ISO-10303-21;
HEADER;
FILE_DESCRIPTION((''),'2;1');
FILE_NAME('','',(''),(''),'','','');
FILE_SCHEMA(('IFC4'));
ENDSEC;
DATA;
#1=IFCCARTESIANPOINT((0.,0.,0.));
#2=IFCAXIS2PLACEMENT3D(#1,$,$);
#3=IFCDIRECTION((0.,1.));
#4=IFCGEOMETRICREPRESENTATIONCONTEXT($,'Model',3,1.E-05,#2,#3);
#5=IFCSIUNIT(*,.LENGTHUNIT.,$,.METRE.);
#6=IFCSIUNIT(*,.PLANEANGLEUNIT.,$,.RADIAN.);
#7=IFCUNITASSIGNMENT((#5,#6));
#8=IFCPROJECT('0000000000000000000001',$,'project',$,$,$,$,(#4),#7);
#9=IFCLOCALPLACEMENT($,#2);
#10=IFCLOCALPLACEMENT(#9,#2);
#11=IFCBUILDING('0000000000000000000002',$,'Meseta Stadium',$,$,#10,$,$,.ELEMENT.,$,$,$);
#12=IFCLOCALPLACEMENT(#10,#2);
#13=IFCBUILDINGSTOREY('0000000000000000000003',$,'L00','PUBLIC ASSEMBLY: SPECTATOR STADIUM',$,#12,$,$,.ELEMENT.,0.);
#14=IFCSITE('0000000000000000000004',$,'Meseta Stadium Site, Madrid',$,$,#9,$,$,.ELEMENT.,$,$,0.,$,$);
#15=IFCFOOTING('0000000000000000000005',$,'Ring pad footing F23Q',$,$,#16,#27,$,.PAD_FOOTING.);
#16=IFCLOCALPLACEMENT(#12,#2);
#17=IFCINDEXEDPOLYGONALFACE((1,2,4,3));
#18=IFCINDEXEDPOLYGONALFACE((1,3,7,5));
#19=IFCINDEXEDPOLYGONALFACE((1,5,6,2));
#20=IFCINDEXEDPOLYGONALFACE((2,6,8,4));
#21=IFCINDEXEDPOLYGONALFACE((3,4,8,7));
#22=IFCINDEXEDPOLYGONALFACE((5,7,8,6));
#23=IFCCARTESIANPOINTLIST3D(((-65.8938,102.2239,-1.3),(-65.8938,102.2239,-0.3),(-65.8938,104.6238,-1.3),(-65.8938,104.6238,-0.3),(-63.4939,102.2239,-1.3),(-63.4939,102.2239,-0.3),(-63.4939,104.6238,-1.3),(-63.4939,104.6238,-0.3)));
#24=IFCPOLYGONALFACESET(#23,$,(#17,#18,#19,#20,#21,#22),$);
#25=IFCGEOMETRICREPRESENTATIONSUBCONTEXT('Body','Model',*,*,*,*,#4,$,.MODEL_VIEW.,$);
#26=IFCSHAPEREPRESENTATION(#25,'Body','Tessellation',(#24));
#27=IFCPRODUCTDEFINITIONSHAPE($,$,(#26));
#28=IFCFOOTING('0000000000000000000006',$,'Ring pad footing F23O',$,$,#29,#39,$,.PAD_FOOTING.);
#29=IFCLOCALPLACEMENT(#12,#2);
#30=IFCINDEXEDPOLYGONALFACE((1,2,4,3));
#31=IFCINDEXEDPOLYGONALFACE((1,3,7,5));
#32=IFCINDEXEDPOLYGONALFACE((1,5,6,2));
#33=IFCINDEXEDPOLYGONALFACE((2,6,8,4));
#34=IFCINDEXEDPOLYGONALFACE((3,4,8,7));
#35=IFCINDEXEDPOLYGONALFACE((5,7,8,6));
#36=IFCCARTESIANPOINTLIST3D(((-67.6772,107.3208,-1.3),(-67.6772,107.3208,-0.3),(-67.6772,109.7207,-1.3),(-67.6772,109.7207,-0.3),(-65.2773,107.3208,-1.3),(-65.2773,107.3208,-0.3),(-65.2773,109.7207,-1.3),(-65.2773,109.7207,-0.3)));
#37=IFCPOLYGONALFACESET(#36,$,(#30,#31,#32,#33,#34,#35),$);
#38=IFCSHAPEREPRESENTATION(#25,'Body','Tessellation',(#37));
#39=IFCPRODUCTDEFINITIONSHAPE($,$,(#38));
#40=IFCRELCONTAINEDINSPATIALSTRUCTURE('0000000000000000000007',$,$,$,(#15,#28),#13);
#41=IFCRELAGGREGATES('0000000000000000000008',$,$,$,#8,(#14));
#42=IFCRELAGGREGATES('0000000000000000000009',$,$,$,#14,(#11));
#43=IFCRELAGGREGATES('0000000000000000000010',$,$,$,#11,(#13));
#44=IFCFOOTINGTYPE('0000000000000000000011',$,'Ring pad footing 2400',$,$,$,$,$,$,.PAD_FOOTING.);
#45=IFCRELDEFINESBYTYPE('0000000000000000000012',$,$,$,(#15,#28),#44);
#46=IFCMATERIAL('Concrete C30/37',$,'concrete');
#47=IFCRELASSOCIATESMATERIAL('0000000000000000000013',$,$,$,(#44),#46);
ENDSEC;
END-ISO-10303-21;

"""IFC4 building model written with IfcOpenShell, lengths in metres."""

from ifc_helpers import new_model, si_unit, direction, frame, origin, place, context, subcontext, project, spatial, polyline, outline, extrude, material, type_object, element, save


model = new_model("IFC4")

# Units and contexts
model_context = context("Model", 3, precision=1e-05, world=origin(), true_north=direction((0.0, 1.0)))
body_context = subcontext(model_context, "Body", "Model", "MODEL_VIEW")
ifc_project = project(units=[si_unit("LENGTHUNIT", "METRE"), si_unit("PLANEANGLEUNIT", "RADIAN")], contexts=[model_context])

# Site, building, storey
site_placement = place(None, origin())
site = spatial("IfcSite", under=ifc_project, at=site_placement, Name="Meseta Stadium Site, Madrid", CompositionType="ELEMENT", RefElevation=0.0)
building_placement = place(site_placement, origin())
building = spatial("IfcBuilding", under=site, at=building_placement, Name="Meseta Stadium", CompositionType="ELEMENT")
storey_placement = place(building_placement, origin())
storey = spatial("IfcBuildingStorey", under=building, at=storey_placement, Name="L00", Description="PUBLIC ASSEMBLY: SPECTATOR STADIUM", CompositionType="ELEMENT", Elevation=0.0)

# Footings
ifc_material_1 = material(Name="Concrete C30/37", Category="concrete")
footing_type_1 = type_object("IfcFootingType", Name="Ring pad footing 2400", PredefinedType="PAD_FOOTING", material=ifc_material_1)
footing_1_placement = place(storey_placement, frame((0.0, 0.0, -1.3)))
element("IfcFooting", 1, at=footing_1_placement, inside=storey, type_object=footing_type_1, Name="Ring pad footing F23Q", PredefinedType="PAD_FOOTING", context=body_context, shape_type="SweptSolid", body=[
    extrude(outline(polyline([(-63.4939, 102.2239), (-63.4939, 104.6238), (-65.8938, 104.6238), (-65.8938, 102.2239), (-63.4939, 102.2239)])), origin(), (0.0, 0.0, 1.0), 1.0),
])
footing_2_placement = place(storey_placement, frame((0.0, 0.0, -1.3)))
element("IfcFooting", 2, at=footing_2_placement, inside=storey, type_object=footing_type_1, Name="Ring pad footing F23O", PredefinedType="PAD_FOOTING", context=body_context, shape_type="SweptSolid", body=[
    extrude(outline(polyline([(-65.2773, 107.3208), (-65.2773, 109.7207), (-67.6772, 109.7207), (-67.6772, 107.3208), (-65.2773, 107.3208)])), origin(), (0.0, 0.0, 1.0), 1.0),
])

save(model, "model.ifc")
